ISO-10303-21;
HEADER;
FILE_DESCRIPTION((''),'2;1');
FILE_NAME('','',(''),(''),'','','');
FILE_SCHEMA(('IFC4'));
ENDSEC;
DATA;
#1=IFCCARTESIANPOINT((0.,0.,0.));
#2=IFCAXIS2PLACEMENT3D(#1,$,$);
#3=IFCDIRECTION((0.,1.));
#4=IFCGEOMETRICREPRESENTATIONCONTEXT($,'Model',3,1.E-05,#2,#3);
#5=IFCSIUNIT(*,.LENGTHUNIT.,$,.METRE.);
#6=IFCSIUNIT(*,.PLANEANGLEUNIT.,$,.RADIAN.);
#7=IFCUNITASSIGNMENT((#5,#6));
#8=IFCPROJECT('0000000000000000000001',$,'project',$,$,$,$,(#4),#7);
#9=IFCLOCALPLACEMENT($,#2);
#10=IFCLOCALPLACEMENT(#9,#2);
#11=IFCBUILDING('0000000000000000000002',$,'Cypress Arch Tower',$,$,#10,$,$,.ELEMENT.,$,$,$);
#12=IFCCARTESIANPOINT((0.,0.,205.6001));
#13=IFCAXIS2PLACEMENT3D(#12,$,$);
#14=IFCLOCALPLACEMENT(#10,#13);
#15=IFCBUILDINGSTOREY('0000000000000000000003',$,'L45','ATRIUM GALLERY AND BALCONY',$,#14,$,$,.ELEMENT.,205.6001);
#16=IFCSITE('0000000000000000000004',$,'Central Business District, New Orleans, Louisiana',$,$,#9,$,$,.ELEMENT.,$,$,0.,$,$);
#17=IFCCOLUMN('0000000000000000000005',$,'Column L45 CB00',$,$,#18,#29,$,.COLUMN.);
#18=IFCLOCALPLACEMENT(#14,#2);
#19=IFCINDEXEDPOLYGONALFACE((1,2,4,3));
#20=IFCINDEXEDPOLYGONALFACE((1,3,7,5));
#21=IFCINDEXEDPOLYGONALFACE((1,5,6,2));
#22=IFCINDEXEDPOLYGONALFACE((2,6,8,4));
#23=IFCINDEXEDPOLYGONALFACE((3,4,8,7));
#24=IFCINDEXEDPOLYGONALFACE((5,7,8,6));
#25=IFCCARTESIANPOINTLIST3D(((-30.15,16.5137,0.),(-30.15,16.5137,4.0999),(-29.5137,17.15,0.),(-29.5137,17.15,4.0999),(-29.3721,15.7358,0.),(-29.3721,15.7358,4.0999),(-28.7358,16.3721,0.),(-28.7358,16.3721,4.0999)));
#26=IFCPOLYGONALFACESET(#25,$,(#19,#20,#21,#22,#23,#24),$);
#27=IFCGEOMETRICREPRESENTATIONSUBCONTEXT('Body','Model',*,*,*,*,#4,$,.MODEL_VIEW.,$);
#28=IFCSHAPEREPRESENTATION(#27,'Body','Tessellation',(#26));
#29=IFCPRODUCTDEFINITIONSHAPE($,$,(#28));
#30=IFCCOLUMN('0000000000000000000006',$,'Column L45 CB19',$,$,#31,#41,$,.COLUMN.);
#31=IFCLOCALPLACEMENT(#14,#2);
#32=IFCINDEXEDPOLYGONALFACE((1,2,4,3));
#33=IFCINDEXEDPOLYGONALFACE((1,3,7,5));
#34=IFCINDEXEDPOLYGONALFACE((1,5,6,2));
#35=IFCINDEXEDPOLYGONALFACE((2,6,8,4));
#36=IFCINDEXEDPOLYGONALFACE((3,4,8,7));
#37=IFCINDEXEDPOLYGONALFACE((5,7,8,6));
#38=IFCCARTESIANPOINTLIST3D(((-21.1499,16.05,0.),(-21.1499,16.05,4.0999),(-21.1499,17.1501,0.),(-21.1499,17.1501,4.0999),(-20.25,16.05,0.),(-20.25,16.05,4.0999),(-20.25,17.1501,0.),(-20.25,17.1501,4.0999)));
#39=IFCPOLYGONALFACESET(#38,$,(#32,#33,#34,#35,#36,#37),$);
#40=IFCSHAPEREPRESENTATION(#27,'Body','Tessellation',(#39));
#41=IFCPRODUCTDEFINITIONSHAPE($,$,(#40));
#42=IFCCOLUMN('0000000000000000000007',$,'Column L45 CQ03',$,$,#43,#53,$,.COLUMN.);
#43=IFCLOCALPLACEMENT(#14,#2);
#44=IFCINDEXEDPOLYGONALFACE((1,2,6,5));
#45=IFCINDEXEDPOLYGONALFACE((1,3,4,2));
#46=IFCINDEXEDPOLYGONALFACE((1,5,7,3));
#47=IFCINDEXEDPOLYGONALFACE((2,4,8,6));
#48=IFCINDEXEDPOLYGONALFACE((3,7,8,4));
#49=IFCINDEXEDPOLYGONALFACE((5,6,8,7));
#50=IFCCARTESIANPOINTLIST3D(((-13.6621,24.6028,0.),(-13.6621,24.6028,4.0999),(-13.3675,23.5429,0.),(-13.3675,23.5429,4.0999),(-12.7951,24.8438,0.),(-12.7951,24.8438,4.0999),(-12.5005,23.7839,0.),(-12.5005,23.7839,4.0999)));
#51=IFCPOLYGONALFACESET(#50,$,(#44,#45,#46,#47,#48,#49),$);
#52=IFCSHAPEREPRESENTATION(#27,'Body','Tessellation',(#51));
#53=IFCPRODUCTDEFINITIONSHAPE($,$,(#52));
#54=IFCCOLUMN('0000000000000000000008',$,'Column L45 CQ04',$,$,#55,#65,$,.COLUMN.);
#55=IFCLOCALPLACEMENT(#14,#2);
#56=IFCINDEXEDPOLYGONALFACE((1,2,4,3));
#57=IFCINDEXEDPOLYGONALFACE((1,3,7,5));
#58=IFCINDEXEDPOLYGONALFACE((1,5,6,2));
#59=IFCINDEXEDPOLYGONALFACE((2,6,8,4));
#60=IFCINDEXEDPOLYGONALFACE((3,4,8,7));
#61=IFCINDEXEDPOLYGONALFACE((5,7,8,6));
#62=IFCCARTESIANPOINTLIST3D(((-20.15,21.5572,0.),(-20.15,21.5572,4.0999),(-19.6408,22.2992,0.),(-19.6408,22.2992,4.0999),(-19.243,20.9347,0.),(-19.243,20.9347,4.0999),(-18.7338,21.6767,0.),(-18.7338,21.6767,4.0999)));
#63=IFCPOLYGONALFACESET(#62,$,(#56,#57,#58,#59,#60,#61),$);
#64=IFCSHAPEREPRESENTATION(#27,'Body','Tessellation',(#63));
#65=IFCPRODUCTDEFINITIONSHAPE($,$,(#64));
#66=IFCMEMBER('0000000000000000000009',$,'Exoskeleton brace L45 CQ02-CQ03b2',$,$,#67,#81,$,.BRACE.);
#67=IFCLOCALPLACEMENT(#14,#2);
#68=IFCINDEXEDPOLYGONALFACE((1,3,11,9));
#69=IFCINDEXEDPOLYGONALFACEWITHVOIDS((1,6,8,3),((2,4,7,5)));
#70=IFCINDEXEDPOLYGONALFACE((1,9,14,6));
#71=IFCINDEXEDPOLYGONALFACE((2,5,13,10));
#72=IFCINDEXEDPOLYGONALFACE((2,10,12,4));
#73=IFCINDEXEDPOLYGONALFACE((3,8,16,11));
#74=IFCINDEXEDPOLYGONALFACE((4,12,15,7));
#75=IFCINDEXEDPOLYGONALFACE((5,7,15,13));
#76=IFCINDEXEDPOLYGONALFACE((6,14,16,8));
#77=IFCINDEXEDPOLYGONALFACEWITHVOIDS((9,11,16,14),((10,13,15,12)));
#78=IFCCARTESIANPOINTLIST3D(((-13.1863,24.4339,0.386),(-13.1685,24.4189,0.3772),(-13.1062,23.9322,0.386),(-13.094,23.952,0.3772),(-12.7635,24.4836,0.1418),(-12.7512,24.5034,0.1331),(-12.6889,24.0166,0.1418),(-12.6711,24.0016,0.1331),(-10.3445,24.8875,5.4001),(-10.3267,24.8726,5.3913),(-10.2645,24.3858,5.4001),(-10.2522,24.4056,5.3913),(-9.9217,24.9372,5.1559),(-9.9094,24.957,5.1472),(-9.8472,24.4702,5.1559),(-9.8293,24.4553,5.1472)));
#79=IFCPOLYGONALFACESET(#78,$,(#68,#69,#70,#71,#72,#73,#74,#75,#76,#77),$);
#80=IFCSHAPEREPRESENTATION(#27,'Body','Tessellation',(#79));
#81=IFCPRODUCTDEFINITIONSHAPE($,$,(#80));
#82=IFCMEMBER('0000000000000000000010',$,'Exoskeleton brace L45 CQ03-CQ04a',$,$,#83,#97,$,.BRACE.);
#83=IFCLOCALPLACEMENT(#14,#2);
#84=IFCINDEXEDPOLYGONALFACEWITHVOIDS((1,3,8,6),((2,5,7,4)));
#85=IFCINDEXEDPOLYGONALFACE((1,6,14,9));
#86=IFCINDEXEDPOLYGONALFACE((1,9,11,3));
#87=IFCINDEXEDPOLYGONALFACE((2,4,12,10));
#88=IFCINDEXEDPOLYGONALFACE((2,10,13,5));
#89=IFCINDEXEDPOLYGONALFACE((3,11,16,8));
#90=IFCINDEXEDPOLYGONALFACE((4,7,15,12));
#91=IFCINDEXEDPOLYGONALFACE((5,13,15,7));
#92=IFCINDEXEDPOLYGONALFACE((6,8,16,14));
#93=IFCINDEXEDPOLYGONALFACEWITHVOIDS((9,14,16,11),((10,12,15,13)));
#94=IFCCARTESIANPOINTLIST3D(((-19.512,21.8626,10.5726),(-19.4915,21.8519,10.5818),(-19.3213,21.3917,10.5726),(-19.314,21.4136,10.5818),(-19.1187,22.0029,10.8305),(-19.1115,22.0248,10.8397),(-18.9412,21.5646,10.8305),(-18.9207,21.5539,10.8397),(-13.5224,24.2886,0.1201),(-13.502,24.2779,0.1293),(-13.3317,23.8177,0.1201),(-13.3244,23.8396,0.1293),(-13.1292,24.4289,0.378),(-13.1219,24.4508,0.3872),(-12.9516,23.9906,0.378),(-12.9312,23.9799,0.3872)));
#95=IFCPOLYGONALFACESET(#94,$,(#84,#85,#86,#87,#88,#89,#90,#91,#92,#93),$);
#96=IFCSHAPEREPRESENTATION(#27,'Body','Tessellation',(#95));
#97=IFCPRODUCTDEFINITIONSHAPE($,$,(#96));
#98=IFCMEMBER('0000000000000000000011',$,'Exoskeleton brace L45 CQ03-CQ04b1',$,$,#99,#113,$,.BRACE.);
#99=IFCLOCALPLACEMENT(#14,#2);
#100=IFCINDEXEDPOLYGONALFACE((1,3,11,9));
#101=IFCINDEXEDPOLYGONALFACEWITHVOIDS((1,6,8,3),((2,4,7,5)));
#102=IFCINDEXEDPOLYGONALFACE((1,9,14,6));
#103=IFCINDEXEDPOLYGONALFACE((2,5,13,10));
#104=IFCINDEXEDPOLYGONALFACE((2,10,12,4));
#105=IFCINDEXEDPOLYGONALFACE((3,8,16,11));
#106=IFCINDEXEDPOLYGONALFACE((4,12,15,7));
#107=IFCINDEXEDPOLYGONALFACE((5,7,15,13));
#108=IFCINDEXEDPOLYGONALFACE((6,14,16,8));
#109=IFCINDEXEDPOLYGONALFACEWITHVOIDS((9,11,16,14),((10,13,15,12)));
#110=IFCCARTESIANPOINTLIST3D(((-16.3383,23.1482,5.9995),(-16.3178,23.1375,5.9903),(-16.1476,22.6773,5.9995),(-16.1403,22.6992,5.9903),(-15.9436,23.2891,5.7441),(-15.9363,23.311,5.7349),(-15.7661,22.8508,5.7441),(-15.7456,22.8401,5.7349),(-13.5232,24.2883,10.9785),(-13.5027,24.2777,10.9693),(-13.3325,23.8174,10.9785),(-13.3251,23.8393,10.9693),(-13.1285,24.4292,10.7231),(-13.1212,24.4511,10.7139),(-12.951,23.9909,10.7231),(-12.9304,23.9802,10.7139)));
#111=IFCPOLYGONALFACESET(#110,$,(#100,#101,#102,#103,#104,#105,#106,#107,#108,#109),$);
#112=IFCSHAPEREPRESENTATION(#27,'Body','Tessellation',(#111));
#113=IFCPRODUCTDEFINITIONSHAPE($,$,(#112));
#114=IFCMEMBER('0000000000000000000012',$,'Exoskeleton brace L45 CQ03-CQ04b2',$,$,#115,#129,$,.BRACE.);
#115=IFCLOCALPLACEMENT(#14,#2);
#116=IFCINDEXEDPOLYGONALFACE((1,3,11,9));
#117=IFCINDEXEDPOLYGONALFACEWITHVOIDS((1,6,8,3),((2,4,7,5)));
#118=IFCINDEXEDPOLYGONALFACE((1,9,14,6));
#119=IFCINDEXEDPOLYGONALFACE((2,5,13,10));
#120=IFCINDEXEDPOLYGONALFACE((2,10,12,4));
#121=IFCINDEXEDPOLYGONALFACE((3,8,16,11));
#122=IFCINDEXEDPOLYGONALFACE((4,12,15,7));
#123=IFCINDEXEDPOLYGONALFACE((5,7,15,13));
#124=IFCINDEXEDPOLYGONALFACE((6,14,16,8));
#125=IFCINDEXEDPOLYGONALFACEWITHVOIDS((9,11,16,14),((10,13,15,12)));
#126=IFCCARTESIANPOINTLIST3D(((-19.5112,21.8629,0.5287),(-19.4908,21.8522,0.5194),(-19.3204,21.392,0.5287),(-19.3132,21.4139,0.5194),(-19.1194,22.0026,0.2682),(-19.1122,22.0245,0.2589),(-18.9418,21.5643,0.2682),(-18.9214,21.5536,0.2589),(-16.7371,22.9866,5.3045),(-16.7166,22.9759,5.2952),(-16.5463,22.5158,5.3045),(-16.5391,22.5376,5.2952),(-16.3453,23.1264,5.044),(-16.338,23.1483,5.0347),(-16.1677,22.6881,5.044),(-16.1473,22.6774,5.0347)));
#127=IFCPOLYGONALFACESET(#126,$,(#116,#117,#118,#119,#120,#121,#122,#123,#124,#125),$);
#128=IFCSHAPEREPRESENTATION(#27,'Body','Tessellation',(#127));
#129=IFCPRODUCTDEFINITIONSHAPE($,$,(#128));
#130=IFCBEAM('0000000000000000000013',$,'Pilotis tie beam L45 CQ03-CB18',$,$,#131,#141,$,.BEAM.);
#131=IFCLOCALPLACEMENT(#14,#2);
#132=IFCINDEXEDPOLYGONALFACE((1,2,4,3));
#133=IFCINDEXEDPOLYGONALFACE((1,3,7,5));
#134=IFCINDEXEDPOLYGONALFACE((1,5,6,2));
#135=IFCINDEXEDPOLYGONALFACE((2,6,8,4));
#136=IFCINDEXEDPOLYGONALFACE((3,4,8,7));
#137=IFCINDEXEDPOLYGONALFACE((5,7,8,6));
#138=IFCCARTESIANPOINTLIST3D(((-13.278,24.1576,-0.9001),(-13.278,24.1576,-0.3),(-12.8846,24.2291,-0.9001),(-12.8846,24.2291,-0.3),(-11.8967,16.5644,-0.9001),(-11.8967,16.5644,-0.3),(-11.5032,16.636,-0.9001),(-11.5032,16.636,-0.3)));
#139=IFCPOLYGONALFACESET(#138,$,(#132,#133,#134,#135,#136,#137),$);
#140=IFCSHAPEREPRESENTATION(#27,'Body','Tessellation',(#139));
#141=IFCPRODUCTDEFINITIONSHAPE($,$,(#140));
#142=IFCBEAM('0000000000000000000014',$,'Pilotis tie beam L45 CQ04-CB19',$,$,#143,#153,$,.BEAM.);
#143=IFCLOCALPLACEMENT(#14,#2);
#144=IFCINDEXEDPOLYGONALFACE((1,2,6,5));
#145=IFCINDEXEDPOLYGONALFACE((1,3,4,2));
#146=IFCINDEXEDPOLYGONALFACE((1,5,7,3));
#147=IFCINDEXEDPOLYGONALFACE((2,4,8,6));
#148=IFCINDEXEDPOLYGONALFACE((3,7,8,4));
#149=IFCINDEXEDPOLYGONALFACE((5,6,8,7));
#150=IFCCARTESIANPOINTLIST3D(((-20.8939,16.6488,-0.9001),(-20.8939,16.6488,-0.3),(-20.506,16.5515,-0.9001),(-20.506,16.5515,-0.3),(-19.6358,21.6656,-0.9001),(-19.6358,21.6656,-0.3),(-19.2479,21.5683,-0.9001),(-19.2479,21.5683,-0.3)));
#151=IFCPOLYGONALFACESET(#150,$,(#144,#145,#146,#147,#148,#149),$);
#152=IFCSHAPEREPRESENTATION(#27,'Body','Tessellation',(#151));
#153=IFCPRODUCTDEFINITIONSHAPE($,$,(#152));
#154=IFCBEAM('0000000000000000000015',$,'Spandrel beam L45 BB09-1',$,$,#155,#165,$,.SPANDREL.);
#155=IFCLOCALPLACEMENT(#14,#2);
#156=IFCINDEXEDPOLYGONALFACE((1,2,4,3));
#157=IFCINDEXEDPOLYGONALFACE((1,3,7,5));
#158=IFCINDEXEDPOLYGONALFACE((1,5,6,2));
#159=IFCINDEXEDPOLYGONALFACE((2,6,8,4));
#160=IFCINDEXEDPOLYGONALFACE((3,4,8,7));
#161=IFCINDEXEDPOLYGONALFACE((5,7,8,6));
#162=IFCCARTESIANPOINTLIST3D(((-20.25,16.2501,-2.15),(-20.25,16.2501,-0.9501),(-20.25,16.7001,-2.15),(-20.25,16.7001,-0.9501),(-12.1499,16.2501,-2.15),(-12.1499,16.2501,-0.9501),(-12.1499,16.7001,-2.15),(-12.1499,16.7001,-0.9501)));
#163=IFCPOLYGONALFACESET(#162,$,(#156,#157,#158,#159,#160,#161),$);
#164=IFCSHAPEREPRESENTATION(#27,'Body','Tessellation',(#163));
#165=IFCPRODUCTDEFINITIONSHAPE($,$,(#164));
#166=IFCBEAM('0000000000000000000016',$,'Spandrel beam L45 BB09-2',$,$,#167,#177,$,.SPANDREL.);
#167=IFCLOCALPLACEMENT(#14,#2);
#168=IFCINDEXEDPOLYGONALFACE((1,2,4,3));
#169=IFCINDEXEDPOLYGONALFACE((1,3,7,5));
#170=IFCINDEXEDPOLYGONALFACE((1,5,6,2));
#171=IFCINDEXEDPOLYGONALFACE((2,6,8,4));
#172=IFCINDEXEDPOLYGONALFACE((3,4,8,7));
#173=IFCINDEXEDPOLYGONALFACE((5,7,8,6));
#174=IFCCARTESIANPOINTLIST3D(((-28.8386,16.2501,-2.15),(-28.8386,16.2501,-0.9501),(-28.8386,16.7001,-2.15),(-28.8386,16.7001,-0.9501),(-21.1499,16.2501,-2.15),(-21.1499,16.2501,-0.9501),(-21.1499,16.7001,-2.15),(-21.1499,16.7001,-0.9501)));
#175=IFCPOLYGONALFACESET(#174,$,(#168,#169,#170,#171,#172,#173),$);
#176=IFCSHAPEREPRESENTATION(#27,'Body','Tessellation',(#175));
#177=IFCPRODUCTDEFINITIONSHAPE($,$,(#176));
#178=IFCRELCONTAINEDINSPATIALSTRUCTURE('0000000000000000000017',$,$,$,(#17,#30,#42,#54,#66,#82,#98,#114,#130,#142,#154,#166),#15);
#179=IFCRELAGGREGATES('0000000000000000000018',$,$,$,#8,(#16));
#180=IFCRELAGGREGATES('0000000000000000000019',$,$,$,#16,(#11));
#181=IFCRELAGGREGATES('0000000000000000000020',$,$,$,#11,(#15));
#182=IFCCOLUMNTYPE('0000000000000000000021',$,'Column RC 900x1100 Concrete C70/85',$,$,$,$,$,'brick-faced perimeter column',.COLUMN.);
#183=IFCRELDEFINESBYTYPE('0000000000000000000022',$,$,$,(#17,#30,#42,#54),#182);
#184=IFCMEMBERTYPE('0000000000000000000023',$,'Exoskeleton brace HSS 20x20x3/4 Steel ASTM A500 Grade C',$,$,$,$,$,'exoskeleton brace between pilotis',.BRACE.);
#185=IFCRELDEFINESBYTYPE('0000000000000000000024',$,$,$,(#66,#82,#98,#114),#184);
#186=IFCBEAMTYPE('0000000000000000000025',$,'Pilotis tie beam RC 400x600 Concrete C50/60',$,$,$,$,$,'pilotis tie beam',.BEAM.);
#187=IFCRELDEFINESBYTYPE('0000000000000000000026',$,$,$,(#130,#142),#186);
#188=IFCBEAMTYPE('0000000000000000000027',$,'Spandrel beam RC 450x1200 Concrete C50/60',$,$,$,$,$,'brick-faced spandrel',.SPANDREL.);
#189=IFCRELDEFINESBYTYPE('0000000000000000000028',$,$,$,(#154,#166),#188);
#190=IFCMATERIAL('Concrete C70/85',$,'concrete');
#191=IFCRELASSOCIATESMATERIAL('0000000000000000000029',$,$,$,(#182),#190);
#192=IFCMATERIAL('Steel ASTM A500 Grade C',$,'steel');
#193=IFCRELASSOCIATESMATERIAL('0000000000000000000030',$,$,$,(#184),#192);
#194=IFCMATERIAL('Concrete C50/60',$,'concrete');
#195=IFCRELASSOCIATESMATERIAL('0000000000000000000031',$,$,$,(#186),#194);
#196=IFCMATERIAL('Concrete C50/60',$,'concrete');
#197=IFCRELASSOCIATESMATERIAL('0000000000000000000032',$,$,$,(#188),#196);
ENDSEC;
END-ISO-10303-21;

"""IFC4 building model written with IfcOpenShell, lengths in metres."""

from ifc_helpers import new_model, si_unit, direction, frame, origin, origin_2d, place, context, subcontext, project, spatial, rectangle, hollow_rectangle, extrude, material, material_profile, profile_set, type_object, element, save


model = new_model("IFC4")

# Units and contexts
model_context = context("Model", 3, precision=1e-05, world=origin(), true_north=direction((0.0, 1.0)))
body_context = subcontext(model_context, "Body", "Model", "MODEL_VIEW")
ifc_project = project(units=[si_unit("LENGTHUNIT", "METRE"), si_unit("PLANEANGLEUNIT", "RADIAN")], contexts=[model_context])

# Site, building, storey
site_placement = place(None, origin())
site = spatial("IfcSite", under=ifc_project, at=site_placement, Name="Central Business District, New Orleans, Louisiana", CompositionType="ELEMENT", RefElevation=0.0)
building_placement = place(site_placement, origin())
building = spatial("IfcBuilding", under=site, at=building_placement, Name="Cypress Arch Tower", CompositionType="ELEMENT")
storey_placement = place(building_placement, frame((0.0, 0.0, 205.6001)))
storey = spatial("IfcBuildingStorey", under=building, at=storey_placement, Name="L45", Description="ATRIUM GALLERY AND BALCONY", CompositionType="ELEMENT", Elevation=205.6001)

# Columns
ifc_material_1 = material(Name="Concrete C70/85", Category="concrete")
ifc_material_profile_1 = material_profile(ifc_material_1, rectangle(XDim=0.8999, YDim=1.1001, at=origin_2d()), Name="RC 900x1100")
ifc_profile_set_1 = profile_set([ifc_material_profile_1], Name="Concrete C70/85")
column_type = type_object("IfcColumnType", Name="Column RC 900x1100 Concrete C70/85", ElementType="brick-faced perimeter column", PredefinedType="COLUMN", material=ifc_profile_set_1)
for number, where, z_axis, x_axis, name in (
    (1, (-29.4429, 16.4429, 0.0), (0.0, 0.0, 1.0), (-0.707107, -0.707107, 0.0), "Column L45 CB00"),
    (2, (-20.7, 16.6001, 0.0), (0.0, 0.0, 1.0), (-1.0, 0.0, 0.0), "Column L45 CB19"),
    (3, (-13.0813, 24.1934, 0.0), (0.0, 0.0, 1.0), (-0.963456, -0.267868, 0.0), "Column L45 CQ03"),
    (4, (-19.4419, 21.6169, 0.0), (0.0, 0.0, 1.0), (-0.565893, -0.824479, 0.0), "Column L45 CQ04"),
):
    element("IfcColumn", number, at=place(storey_placement, frame(where, z_axis=z_axis, x_axis=x_axis)), inside=storey, type_object=column_type, Name=name, PredefinedType="COLUMN", context=body_context, shape_type="SweptSolid", body=[
        extrude(rectangle(XDim=0.8999, YDim=1.1001, at=origin_2d()), origin(), (0.0, 0.0, 1.0), 4.0999),
    ])

# Members
ifc_material_2 = material(Name="Steel ASTM A500 Grade C", Category="steel")
ifc_material_profile_2 = material_profile(ifc_material_2, hollow_rectangle(XDim=0.5081, YDim=0.5081, WallThickness=0.0176, at=origin_2d()), Name="HSS 20x20x3/4")
ifc_profile_set_2 = profile_set([ifc_material_profile_2], Name="Steel ASTM A500 Grade C")
member_type = type_object("IfcMemberType", Name="Exoskeleton brace HSS 20x20x3/4 Steel ASTM A500 Grade C", ElementType="exoskeleton brace between pilotis", PredefinedType="BRACE", material=ifc_profile_set_2)
member_1_placement = place(storey_placement, frame((-12.9287, 24.2178, 0.2595), z_axis=(0.49155, 0.078462, 0.867307), x_axis=(-0.157627, 0.987499, 0.0)))
element("IfcMember", 5, at=member_1_placement, inside=storey, type_object=member_type, Name="Exoskeleton brace L45 CQ02-CQ03b2", PredefinedType="BRACE", context=body_context, shape_type="SweptSolid", body=[
    extrude(hollow_rectangle(XDim=0.5081, YDim=0.5081, WallThickness=0.0176, at=origin_2d()), origin(), (0.0, 0.0, 1.0), 5.7812),
])
member_2_placement = place(storey_placement, frame((-13.2268, 24.1343, 0.2537), z_axis=(-0.487399, -0.197419, 0.850569), x_axis=(0.375419, -0.926855, 0.0)))
element("IfcMember", 6, at=member_2_placement, inside=storey, type_object=member_type, Name="Exoskeleton brace L45 CQ03-CQ04a", PredefinedType="BRACE", context=body_context, shape_type="SweptSolid", body=[
    extrude(hollow_rectangle(XDim=0.5081, YDim=0.5081, WallThickness=0.0176, at=origin_2d()), origin(), (0.0, 0.0, 1.0), 12.2888),
])
member_3_placement = place(storey_placement, frame((-13.2268, 24.1343, 10.8462), z_axis=(-0.482689, -0.195487, -0.853696), x_axis=(0.375379, -0.926872, 0.0)))
element("IfcMember", 7, at=member_3_placement, inside=storey, type_object=member_type, Name="Exoskeleton brace L45 CQ03-CQ04b1", PredefinedType="BRACE", context=body_context, shape_type="SweptSolid", body=[
    extrude(hollow_rectangle(XDim=0.5081, YDim=0.5081, WallThickness=0.0176, at=origin_2d()), origin(), (0.0, 0.0, 1.0), 5.8323),
])
member_4_placement = place(storey_placement, frame((-19.2163, 21.7083, 0.3938), z_axis=(0.492197, 0.199382, 0.847342), x_axis=(-0.375451, 0.926842, 0.0)))
element("IfcMember", 8, at=member_4_placement, inside=storey, type_object=member_type, Name="Exoskeleton brace L45 CQ03-CQ04b2", PredefinedType="BRACE", context=body_context, shape_type="SweptSolid", body=[
    extrude(hollow_rectangle(XDim=0.5081, YDim=0.5081, WallThickness=0.0176, at=origin_2d()), origin(), (0.0, 0.0, 1.0), 5.6362),
])

# Beams
ifc_material_3 = material(Name="Concrete C50/60", Category="concrete")
ifc_material_profile_3 = material_profile(ifc_material_3, rectangle(XDim=0.3999, YDim=0.6001, at=origin_2d()), Name="RC 400x600")
ifc_profile_set_3 = profile_set([ifc_material_profile_3], Name="Concrete C50/60")
beam_type_1 = type_object("IfcBeamType", Name="Pilotis tie beam RC 400x600 Concrete C50/60", ElementType="pilotis tie beam", PredefinedType="BEAM", material=ifc_profile_set_3)
beam_1_placement = place(storey_placement, frame((-13.0813, 24.1934, -0.6001), z_axis=(0.17898, -0.983853, 0.0), x_axis=(0.983853, 0.17898, 0.0)))
element("IfcBeam", 9, at=beam_1_placement, inside=storey, type_object=beam_type_1, Name="Pilotis tie beam L45 CQ03-CB18", PredefinedType="BEAM", context=body_context, shape_type="SweptSolid", body=[
    extrude(rectangle(XDim=0.3999, YDim=0.6001, at=origin_2d()), origin(), (0.0, 0.0, 1.0), 7.7178),
])
beam_2_placement = place(storey_placement, frame((-19.4419, 21.6169, -0.6001), z_axis=(-0.243235, -0.969967, 0.0), x_axis=(0.969967, -0.243235, 0.0)))
element("IfcBeam", 10, at=beam_2_placement, inside=storey, type_object=beam_type_1, Name="Pilotis tie beam L45 CQ04-CB19", PredefinedType="BEAM", context=body_context, shape_type="SweptSolid", body=[
    extrude(rectangle(XDim=0.3999, YDim=0.6001, at=origin_2d()), origin(), (0.0, 0.0, 1.0), 5.1721),
])
ifc_material_4 = material(Name="Concrete C50/60", Category="concrete")
ifc_material_profile_4 = material_profile(ifc_material_4, rectangle(XDim=0.45, YDim=1.2, at=origin_2d()), Name="RC 450x1200")
ifc_profile_set_4 = profile_set([ifc_material_profile_4], Name="Concrete C50/60")
beam_type_2 = type_object("IfcBeamType", Name="Spandrel beam RC 450x1200 Concrete C50/60", ElementType="brick-faced spandrel", PredefinedType="SPANDREL", material=ifc_profile_set_4)
beam_3_placement = place(storey_placement, frame((-12.1499, 16.4751, -1.55), z_axis=(-1.0, 0.0, 0.0), x_axis=(0.0, -1.0, 0.0)))
element("IfcBeam", 11, at=beam_3_placement, inside=storey, type_object=beam_type_2, Name="Spandrel beam L45 BB09-1", PredefinedType="SPANDREL", context=body_context, shape_type="SweptSolid", body=[
    extrude(rectangle(XDim=0.45, YDim=1.2, at=origin_2d()), origin(), (0.0, 0.0, 1.0), 8.1001),
])
beam_4_placement = place(storey_placement, frame((-21.1499, 16.4751, -1.55), z_axis=(-1.0, 0.0, 0.0), x_axis=(0.0, -1.0, 0.0)))
element("IfcBeam", 12, at=beam_4_placement, inside=storey, type_object=beam_type_2, Name="Spandrel beam L45 BB09-2", PredefinedType="SPANDREL", context=body_context, shape_type="SweptSolid", body=[
    extrude(rectangle(XDim=0.45, YDim=1.2, at=origin_2d()), origin(), (0.0, 0.0, 1.0), 7.6887),
])

save(model, "model.ifc")
